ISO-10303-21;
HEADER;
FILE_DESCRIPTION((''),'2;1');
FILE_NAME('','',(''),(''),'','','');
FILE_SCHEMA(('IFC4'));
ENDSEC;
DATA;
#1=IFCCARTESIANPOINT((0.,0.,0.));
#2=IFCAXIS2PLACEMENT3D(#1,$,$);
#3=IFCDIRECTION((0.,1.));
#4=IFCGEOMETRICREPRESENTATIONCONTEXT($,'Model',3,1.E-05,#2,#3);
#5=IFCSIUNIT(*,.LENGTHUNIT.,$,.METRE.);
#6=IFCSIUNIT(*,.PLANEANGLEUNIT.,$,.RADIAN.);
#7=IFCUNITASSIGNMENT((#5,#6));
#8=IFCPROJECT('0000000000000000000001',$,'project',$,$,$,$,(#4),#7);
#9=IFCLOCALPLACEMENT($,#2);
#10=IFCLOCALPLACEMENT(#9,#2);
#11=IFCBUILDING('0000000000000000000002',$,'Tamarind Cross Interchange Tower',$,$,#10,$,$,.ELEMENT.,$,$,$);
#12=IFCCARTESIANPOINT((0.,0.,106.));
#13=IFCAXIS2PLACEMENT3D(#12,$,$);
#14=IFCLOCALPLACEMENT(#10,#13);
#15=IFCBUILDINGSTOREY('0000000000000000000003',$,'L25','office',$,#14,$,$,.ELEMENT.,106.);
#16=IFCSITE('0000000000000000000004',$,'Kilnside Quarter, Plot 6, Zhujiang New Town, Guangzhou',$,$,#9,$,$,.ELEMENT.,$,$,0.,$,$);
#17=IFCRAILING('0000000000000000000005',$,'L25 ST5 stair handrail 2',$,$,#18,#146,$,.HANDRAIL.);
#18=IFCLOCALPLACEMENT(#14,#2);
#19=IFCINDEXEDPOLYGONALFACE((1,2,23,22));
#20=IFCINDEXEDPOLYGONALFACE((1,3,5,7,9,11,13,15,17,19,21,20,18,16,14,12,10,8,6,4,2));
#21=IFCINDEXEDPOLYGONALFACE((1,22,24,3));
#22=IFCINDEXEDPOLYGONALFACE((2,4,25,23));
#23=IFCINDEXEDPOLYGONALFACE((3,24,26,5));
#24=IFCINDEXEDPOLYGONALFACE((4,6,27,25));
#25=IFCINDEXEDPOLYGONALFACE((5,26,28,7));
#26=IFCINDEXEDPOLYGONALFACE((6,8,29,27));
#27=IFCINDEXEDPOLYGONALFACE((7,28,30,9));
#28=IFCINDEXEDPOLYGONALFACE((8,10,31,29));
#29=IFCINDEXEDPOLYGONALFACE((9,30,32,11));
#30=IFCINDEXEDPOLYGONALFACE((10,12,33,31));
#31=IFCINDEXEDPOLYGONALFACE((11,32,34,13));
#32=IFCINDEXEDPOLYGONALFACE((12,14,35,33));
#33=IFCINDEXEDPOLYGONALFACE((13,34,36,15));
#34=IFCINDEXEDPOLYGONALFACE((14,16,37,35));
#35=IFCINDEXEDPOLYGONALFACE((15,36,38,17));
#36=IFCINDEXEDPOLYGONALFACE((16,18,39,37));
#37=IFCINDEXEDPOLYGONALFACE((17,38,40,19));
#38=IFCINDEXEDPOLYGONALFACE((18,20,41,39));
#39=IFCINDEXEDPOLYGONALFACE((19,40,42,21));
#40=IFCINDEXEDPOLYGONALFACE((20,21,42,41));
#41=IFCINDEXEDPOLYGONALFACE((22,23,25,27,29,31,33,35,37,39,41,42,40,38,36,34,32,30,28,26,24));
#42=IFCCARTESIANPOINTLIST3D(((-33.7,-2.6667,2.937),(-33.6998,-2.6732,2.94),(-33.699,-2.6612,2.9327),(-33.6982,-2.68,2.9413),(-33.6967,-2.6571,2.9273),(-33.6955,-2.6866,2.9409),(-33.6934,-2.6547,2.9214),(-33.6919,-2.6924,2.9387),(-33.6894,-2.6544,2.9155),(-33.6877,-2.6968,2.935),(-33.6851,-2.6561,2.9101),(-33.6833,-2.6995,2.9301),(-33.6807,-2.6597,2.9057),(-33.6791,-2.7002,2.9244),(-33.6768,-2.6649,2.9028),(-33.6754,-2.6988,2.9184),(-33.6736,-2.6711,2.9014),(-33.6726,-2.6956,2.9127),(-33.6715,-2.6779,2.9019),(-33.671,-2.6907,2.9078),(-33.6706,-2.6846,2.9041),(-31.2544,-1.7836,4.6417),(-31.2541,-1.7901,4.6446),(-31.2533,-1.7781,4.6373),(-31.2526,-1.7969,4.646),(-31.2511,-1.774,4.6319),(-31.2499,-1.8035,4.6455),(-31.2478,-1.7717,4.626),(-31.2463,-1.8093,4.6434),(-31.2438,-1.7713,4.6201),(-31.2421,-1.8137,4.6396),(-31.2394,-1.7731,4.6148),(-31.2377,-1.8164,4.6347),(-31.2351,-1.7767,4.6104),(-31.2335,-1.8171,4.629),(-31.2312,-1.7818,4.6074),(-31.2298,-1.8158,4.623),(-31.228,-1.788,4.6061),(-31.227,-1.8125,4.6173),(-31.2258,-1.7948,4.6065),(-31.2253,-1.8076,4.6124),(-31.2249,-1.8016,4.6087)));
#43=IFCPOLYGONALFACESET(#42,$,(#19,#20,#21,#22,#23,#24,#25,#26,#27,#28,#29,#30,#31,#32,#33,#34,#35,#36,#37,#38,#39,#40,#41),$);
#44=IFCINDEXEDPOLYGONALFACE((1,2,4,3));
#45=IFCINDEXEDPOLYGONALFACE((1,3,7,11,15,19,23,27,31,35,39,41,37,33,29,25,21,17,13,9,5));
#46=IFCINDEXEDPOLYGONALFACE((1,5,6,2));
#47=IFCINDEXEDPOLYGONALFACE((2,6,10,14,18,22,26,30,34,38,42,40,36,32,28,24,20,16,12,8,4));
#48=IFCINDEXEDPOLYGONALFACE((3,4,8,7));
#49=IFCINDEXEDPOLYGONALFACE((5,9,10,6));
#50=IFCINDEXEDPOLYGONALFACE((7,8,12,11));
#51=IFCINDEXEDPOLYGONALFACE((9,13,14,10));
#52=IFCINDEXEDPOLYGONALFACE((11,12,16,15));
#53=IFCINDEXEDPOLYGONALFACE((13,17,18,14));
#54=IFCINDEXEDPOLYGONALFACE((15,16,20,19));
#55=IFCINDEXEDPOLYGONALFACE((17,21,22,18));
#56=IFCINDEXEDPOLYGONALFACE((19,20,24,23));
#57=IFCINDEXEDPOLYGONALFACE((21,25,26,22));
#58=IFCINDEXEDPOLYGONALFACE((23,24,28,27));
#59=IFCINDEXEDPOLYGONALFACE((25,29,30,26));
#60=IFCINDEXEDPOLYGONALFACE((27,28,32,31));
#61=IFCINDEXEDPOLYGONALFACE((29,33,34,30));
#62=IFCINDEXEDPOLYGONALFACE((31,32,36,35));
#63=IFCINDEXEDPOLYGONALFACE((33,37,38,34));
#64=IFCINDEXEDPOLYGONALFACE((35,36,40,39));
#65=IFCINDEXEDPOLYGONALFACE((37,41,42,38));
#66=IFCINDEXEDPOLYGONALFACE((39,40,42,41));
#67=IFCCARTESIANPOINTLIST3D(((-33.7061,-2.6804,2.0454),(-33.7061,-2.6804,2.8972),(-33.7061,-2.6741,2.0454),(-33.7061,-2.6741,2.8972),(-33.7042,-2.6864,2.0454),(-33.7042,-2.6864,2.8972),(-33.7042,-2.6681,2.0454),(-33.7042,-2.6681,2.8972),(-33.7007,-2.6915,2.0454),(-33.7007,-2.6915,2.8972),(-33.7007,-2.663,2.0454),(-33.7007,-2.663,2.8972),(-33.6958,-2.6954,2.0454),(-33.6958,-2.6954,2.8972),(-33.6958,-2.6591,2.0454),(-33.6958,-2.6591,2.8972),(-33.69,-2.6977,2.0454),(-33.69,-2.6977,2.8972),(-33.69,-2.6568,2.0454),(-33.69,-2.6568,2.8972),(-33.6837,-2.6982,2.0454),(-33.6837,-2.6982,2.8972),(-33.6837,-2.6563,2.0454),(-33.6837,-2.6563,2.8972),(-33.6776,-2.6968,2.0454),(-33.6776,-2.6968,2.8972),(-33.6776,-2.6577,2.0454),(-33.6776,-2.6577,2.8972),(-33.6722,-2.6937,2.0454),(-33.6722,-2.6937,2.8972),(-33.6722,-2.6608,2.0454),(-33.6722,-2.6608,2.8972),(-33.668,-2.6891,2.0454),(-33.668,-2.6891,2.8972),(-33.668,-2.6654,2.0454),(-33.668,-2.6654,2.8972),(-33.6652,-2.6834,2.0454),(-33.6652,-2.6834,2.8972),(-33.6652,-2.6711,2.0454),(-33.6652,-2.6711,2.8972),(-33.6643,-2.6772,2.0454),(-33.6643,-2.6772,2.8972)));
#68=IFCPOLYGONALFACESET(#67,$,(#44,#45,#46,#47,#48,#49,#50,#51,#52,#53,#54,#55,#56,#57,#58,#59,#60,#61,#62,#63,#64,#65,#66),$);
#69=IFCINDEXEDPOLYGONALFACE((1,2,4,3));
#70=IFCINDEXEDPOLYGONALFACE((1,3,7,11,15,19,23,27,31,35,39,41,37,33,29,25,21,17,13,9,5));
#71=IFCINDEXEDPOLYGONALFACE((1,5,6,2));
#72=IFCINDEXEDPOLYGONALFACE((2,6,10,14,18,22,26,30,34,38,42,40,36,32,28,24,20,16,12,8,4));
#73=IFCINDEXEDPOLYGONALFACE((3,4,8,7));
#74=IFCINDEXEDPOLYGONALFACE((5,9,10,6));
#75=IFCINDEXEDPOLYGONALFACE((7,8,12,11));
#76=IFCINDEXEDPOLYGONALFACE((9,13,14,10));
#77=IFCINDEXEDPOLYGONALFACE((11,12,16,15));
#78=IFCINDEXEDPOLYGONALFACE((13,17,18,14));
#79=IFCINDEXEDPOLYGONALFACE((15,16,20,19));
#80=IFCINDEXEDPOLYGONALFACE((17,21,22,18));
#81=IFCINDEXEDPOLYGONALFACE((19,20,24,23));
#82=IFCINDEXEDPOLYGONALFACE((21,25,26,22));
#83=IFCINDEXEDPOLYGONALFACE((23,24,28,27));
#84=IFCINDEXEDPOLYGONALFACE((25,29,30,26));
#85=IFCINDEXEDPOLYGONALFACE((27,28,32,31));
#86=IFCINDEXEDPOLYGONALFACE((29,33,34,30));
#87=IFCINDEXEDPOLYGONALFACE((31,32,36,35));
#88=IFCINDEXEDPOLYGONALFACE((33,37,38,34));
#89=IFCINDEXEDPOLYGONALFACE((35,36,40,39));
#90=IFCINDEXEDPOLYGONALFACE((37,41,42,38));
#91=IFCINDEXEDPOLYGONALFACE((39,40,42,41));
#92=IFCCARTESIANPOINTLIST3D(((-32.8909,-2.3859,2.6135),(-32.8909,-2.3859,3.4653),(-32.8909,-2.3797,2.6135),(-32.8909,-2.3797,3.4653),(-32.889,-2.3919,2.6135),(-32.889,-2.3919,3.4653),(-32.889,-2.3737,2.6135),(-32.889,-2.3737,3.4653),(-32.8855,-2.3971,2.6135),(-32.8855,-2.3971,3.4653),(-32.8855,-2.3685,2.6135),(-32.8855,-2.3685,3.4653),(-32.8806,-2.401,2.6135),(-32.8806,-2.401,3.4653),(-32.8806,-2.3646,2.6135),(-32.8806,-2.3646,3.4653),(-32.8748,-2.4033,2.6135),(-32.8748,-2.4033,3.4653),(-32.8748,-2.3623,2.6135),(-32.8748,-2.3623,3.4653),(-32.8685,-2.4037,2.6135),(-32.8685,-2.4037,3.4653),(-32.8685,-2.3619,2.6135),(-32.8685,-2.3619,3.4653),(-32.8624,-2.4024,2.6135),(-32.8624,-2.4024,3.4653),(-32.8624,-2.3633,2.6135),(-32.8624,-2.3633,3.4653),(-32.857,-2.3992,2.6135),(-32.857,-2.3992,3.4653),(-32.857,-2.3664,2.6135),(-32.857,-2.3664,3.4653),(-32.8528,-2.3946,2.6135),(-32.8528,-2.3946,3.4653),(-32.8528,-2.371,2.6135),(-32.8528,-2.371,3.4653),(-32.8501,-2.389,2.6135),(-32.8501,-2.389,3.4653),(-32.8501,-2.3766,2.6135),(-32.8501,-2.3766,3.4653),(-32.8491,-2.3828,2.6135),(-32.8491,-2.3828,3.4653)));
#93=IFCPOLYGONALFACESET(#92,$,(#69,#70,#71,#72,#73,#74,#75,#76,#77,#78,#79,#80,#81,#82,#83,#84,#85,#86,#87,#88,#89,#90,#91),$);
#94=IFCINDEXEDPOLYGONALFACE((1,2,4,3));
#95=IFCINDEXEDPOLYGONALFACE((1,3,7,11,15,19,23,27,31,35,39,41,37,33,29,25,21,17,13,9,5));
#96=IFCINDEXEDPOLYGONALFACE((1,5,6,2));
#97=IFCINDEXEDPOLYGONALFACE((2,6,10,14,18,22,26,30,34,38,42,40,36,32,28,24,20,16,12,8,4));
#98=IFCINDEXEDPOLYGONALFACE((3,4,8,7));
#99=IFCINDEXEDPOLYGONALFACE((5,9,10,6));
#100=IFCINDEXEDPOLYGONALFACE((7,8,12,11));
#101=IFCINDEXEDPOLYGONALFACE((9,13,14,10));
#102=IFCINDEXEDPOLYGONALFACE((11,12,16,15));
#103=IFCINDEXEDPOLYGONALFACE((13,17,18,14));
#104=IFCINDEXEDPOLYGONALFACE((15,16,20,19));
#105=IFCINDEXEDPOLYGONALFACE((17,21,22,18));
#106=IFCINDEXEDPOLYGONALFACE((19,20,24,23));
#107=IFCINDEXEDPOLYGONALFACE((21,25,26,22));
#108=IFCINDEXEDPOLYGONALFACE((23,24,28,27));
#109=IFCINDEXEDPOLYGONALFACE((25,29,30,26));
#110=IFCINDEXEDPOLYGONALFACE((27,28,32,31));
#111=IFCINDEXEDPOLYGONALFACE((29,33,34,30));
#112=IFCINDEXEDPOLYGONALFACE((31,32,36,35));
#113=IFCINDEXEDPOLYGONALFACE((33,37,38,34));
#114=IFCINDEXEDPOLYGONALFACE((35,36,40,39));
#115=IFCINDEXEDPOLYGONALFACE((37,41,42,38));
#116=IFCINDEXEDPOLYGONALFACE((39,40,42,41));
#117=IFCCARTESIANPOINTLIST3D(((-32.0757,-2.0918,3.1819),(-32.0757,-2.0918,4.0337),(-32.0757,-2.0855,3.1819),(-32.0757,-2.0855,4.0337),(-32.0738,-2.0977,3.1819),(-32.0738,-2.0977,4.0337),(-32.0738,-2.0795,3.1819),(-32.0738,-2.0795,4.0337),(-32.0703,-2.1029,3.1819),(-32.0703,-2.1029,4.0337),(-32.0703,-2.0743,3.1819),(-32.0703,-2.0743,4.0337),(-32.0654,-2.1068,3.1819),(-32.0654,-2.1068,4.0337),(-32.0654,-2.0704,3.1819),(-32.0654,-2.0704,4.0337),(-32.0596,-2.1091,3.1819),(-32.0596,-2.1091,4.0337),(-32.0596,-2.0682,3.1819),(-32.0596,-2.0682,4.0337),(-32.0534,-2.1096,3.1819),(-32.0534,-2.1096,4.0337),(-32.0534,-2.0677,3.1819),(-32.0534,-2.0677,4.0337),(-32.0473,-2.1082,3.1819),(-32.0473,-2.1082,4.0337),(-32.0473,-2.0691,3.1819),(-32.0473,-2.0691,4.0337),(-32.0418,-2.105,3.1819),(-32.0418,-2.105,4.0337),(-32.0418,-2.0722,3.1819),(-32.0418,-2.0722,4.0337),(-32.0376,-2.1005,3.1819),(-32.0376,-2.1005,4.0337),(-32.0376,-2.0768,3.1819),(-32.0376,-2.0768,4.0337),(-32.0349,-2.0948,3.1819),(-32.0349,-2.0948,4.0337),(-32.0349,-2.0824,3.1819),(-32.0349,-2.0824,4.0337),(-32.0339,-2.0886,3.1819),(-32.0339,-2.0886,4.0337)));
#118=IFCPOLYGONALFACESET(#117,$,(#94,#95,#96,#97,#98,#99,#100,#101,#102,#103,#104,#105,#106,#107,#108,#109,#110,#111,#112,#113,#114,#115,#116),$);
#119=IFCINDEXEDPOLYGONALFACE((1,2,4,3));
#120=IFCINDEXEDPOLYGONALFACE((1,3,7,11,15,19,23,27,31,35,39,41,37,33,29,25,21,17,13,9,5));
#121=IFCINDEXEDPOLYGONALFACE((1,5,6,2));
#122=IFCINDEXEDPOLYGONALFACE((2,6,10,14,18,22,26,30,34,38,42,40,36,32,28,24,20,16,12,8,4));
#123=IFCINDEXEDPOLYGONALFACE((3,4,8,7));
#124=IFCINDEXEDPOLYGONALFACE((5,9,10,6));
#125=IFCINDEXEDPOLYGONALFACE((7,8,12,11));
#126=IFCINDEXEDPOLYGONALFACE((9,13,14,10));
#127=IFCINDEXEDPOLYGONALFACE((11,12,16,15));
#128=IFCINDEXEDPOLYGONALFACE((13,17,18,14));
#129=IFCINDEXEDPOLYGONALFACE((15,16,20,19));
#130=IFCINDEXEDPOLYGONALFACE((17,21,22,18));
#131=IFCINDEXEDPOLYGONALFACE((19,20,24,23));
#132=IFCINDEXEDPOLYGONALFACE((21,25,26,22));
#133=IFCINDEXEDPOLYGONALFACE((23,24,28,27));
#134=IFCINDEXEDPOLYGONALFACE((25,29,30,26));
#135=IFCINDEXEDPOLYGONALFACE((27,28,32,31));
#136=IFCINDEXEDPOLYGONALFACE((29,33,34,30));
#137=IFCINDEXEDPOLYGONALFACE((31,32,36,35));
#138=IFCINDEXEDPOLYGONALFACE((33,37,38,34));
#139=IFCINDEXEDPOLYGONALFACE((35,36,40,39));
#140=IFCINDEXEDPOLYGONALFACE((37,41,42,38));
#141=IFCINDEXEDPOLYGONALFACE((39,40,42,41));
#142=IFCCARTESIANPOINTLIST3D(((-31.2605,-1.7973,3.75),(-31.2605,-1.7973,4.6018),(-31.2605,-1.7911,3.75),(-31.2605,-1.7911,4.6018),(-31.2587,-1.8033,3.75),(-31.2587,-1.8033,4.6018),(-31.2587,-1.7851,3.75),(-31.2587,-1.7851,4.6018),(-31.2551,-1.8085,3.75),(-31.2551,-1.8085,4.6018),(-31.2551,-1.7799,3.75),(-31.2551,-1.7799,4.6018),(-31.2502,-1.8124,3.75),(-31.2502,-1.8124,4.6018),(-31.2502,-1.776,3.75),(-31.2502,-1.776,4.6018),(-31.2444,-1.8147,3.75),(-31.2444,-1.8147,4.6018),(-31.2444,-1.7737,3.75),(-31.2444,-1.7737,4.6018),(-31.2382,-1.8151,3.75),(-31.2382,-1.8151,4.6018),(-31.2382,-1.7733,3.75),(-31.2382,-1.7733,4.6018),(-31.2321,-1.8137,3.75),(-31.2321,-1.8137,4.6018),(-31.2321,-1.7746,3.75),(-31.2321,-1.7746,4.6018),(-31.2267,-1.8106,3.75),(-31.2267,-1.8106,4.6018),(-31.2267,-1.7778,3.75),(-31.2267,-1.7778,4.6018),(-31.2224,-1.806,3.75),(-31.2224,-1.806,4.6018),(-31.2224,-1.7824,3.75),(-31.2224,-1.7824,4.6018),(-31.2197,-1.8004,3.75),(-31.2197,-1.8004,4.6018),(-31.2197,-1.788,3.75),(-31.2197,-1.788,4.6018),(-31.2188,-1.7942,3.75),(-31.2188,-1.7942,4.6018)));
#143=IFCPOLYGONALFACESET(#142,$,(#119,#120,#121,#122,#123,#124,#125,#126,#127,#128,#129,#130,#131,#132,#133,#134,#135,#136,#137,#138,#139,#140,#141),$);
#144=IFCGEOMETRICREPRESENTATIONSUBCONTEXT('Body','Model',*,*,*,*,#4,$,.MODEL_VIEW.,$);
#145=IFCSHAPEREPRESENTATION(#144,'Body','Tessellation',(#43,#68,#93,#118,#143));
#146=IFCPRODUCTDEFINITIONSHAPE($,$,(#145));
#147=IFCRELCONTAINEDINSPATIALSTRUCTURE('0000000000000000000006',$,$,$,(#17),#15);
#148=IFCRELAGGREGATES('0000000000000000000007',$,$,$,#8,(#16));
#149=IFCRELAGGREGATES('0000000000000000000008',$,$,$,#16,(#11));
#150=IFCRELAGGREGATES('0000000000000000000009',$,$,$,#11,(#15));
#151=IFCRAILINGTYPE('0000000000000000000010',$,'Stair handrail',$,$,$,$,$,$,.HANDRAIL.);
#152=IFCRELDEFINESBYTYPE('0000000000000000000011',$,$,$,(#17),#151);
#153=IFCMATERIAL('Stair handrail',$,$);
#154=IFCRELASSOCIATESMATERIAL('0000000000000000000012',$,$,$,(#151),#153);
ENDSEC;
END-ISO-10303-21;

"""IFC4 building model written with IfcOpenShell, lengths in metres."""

from ifc_helpers import new_model, si_unit, direction, frame, origin, origin_2d, place, context, subcontext, project, spatial, circle, extrude, material, type_object, element, save


model = new_model("IFC4")

# Units and contexts
model_context = context("Model", 3, precision=1e-05, world=origin(), true_north=direction((0.0, 1.0)))
body_context = subcontext(model_context, "Body", "Model", "MODEL_VIEW")
ifc_project = project(units=[si_unit("LENGTHUNIT", "METRE"), si_unit("PLANEANGLEUNIT", "RADIAN")], contexts=[model_context])

# Site, building, storey
site_placement = place(None, origin())
site = spatial("IfcSite", under=ifc_project, at=site_placement, Name="Kilnside Quarter, Plot 6, Zhujiang New Town, Guangzhou", CompositionType="ELEMENT", RefElevation=0.0)
building_placement = place(site_placement, origin())
building = spatial("IfcBuilding", under=site, at=building_placement, Name="Tamarind Cross Interchange Tower", CompositionType="ELEMENT")
storey_placement = place(building_placement, frame((0.0, 0.0, 106.0)))
storey = spatial("IfcBuildingStorey", under=building, at=storey_placement, Name="L25", Description="office", CompositionType="ELEMENT", Elevation=106.0)

# Railing
ifc_material_1 = material(Name="Stair handrail")
railing_type_1 = type_object("IfcRailingType", Name="Stair handrail", PredefinedType="HANDRAIL", material=ifc_material_1)
railing_1_placement = place(storey_placement, frame((-33.6853, -2.6772, 2.0454)))
element("IfcRailing", 1, at=railing_1_placement, inside=storey, type_object=railing_type_1, Name="L25 ST5 stair handrail 2", PredefinedType="HANDRAIL", context=body_context, shape_type="SweptSolid", body=[
    extrude(circle(Radius=0.0239, at=origin_2d()), frame((0.0, 0.0, 0.876), z_axis=(0.786594, 0.284028, 0.548268), x_axis=(-0.339624, 0.940561, 0.0)), (0.0, 0.0, 1.0), 3.1091),
    extrude(circle(Radius=0.021, at=origin_2d()), origin(), (0.0, 0.0, 1.0), 0.8518),
    extrude(circle(Radius=0.021, at=origin_2d()), frame((0.8152, 0.2944, 0.5681)), (0.0, 0.0, 1.0), 0.8518),
    extrude(circle(Radius=0.021, at=origin_2d()), frame((1.6304, 0.5886, 1.1365)), (0.0, 0.0, 1.0), 0.8518),
    extrude(circle(Radius=0.021, at=origin_2d()), frame((2.4456, 0.8831, 1.7046)), (0.0, 0.0, 1.0), 0.8518),
])

save(model, "model.ifc")
